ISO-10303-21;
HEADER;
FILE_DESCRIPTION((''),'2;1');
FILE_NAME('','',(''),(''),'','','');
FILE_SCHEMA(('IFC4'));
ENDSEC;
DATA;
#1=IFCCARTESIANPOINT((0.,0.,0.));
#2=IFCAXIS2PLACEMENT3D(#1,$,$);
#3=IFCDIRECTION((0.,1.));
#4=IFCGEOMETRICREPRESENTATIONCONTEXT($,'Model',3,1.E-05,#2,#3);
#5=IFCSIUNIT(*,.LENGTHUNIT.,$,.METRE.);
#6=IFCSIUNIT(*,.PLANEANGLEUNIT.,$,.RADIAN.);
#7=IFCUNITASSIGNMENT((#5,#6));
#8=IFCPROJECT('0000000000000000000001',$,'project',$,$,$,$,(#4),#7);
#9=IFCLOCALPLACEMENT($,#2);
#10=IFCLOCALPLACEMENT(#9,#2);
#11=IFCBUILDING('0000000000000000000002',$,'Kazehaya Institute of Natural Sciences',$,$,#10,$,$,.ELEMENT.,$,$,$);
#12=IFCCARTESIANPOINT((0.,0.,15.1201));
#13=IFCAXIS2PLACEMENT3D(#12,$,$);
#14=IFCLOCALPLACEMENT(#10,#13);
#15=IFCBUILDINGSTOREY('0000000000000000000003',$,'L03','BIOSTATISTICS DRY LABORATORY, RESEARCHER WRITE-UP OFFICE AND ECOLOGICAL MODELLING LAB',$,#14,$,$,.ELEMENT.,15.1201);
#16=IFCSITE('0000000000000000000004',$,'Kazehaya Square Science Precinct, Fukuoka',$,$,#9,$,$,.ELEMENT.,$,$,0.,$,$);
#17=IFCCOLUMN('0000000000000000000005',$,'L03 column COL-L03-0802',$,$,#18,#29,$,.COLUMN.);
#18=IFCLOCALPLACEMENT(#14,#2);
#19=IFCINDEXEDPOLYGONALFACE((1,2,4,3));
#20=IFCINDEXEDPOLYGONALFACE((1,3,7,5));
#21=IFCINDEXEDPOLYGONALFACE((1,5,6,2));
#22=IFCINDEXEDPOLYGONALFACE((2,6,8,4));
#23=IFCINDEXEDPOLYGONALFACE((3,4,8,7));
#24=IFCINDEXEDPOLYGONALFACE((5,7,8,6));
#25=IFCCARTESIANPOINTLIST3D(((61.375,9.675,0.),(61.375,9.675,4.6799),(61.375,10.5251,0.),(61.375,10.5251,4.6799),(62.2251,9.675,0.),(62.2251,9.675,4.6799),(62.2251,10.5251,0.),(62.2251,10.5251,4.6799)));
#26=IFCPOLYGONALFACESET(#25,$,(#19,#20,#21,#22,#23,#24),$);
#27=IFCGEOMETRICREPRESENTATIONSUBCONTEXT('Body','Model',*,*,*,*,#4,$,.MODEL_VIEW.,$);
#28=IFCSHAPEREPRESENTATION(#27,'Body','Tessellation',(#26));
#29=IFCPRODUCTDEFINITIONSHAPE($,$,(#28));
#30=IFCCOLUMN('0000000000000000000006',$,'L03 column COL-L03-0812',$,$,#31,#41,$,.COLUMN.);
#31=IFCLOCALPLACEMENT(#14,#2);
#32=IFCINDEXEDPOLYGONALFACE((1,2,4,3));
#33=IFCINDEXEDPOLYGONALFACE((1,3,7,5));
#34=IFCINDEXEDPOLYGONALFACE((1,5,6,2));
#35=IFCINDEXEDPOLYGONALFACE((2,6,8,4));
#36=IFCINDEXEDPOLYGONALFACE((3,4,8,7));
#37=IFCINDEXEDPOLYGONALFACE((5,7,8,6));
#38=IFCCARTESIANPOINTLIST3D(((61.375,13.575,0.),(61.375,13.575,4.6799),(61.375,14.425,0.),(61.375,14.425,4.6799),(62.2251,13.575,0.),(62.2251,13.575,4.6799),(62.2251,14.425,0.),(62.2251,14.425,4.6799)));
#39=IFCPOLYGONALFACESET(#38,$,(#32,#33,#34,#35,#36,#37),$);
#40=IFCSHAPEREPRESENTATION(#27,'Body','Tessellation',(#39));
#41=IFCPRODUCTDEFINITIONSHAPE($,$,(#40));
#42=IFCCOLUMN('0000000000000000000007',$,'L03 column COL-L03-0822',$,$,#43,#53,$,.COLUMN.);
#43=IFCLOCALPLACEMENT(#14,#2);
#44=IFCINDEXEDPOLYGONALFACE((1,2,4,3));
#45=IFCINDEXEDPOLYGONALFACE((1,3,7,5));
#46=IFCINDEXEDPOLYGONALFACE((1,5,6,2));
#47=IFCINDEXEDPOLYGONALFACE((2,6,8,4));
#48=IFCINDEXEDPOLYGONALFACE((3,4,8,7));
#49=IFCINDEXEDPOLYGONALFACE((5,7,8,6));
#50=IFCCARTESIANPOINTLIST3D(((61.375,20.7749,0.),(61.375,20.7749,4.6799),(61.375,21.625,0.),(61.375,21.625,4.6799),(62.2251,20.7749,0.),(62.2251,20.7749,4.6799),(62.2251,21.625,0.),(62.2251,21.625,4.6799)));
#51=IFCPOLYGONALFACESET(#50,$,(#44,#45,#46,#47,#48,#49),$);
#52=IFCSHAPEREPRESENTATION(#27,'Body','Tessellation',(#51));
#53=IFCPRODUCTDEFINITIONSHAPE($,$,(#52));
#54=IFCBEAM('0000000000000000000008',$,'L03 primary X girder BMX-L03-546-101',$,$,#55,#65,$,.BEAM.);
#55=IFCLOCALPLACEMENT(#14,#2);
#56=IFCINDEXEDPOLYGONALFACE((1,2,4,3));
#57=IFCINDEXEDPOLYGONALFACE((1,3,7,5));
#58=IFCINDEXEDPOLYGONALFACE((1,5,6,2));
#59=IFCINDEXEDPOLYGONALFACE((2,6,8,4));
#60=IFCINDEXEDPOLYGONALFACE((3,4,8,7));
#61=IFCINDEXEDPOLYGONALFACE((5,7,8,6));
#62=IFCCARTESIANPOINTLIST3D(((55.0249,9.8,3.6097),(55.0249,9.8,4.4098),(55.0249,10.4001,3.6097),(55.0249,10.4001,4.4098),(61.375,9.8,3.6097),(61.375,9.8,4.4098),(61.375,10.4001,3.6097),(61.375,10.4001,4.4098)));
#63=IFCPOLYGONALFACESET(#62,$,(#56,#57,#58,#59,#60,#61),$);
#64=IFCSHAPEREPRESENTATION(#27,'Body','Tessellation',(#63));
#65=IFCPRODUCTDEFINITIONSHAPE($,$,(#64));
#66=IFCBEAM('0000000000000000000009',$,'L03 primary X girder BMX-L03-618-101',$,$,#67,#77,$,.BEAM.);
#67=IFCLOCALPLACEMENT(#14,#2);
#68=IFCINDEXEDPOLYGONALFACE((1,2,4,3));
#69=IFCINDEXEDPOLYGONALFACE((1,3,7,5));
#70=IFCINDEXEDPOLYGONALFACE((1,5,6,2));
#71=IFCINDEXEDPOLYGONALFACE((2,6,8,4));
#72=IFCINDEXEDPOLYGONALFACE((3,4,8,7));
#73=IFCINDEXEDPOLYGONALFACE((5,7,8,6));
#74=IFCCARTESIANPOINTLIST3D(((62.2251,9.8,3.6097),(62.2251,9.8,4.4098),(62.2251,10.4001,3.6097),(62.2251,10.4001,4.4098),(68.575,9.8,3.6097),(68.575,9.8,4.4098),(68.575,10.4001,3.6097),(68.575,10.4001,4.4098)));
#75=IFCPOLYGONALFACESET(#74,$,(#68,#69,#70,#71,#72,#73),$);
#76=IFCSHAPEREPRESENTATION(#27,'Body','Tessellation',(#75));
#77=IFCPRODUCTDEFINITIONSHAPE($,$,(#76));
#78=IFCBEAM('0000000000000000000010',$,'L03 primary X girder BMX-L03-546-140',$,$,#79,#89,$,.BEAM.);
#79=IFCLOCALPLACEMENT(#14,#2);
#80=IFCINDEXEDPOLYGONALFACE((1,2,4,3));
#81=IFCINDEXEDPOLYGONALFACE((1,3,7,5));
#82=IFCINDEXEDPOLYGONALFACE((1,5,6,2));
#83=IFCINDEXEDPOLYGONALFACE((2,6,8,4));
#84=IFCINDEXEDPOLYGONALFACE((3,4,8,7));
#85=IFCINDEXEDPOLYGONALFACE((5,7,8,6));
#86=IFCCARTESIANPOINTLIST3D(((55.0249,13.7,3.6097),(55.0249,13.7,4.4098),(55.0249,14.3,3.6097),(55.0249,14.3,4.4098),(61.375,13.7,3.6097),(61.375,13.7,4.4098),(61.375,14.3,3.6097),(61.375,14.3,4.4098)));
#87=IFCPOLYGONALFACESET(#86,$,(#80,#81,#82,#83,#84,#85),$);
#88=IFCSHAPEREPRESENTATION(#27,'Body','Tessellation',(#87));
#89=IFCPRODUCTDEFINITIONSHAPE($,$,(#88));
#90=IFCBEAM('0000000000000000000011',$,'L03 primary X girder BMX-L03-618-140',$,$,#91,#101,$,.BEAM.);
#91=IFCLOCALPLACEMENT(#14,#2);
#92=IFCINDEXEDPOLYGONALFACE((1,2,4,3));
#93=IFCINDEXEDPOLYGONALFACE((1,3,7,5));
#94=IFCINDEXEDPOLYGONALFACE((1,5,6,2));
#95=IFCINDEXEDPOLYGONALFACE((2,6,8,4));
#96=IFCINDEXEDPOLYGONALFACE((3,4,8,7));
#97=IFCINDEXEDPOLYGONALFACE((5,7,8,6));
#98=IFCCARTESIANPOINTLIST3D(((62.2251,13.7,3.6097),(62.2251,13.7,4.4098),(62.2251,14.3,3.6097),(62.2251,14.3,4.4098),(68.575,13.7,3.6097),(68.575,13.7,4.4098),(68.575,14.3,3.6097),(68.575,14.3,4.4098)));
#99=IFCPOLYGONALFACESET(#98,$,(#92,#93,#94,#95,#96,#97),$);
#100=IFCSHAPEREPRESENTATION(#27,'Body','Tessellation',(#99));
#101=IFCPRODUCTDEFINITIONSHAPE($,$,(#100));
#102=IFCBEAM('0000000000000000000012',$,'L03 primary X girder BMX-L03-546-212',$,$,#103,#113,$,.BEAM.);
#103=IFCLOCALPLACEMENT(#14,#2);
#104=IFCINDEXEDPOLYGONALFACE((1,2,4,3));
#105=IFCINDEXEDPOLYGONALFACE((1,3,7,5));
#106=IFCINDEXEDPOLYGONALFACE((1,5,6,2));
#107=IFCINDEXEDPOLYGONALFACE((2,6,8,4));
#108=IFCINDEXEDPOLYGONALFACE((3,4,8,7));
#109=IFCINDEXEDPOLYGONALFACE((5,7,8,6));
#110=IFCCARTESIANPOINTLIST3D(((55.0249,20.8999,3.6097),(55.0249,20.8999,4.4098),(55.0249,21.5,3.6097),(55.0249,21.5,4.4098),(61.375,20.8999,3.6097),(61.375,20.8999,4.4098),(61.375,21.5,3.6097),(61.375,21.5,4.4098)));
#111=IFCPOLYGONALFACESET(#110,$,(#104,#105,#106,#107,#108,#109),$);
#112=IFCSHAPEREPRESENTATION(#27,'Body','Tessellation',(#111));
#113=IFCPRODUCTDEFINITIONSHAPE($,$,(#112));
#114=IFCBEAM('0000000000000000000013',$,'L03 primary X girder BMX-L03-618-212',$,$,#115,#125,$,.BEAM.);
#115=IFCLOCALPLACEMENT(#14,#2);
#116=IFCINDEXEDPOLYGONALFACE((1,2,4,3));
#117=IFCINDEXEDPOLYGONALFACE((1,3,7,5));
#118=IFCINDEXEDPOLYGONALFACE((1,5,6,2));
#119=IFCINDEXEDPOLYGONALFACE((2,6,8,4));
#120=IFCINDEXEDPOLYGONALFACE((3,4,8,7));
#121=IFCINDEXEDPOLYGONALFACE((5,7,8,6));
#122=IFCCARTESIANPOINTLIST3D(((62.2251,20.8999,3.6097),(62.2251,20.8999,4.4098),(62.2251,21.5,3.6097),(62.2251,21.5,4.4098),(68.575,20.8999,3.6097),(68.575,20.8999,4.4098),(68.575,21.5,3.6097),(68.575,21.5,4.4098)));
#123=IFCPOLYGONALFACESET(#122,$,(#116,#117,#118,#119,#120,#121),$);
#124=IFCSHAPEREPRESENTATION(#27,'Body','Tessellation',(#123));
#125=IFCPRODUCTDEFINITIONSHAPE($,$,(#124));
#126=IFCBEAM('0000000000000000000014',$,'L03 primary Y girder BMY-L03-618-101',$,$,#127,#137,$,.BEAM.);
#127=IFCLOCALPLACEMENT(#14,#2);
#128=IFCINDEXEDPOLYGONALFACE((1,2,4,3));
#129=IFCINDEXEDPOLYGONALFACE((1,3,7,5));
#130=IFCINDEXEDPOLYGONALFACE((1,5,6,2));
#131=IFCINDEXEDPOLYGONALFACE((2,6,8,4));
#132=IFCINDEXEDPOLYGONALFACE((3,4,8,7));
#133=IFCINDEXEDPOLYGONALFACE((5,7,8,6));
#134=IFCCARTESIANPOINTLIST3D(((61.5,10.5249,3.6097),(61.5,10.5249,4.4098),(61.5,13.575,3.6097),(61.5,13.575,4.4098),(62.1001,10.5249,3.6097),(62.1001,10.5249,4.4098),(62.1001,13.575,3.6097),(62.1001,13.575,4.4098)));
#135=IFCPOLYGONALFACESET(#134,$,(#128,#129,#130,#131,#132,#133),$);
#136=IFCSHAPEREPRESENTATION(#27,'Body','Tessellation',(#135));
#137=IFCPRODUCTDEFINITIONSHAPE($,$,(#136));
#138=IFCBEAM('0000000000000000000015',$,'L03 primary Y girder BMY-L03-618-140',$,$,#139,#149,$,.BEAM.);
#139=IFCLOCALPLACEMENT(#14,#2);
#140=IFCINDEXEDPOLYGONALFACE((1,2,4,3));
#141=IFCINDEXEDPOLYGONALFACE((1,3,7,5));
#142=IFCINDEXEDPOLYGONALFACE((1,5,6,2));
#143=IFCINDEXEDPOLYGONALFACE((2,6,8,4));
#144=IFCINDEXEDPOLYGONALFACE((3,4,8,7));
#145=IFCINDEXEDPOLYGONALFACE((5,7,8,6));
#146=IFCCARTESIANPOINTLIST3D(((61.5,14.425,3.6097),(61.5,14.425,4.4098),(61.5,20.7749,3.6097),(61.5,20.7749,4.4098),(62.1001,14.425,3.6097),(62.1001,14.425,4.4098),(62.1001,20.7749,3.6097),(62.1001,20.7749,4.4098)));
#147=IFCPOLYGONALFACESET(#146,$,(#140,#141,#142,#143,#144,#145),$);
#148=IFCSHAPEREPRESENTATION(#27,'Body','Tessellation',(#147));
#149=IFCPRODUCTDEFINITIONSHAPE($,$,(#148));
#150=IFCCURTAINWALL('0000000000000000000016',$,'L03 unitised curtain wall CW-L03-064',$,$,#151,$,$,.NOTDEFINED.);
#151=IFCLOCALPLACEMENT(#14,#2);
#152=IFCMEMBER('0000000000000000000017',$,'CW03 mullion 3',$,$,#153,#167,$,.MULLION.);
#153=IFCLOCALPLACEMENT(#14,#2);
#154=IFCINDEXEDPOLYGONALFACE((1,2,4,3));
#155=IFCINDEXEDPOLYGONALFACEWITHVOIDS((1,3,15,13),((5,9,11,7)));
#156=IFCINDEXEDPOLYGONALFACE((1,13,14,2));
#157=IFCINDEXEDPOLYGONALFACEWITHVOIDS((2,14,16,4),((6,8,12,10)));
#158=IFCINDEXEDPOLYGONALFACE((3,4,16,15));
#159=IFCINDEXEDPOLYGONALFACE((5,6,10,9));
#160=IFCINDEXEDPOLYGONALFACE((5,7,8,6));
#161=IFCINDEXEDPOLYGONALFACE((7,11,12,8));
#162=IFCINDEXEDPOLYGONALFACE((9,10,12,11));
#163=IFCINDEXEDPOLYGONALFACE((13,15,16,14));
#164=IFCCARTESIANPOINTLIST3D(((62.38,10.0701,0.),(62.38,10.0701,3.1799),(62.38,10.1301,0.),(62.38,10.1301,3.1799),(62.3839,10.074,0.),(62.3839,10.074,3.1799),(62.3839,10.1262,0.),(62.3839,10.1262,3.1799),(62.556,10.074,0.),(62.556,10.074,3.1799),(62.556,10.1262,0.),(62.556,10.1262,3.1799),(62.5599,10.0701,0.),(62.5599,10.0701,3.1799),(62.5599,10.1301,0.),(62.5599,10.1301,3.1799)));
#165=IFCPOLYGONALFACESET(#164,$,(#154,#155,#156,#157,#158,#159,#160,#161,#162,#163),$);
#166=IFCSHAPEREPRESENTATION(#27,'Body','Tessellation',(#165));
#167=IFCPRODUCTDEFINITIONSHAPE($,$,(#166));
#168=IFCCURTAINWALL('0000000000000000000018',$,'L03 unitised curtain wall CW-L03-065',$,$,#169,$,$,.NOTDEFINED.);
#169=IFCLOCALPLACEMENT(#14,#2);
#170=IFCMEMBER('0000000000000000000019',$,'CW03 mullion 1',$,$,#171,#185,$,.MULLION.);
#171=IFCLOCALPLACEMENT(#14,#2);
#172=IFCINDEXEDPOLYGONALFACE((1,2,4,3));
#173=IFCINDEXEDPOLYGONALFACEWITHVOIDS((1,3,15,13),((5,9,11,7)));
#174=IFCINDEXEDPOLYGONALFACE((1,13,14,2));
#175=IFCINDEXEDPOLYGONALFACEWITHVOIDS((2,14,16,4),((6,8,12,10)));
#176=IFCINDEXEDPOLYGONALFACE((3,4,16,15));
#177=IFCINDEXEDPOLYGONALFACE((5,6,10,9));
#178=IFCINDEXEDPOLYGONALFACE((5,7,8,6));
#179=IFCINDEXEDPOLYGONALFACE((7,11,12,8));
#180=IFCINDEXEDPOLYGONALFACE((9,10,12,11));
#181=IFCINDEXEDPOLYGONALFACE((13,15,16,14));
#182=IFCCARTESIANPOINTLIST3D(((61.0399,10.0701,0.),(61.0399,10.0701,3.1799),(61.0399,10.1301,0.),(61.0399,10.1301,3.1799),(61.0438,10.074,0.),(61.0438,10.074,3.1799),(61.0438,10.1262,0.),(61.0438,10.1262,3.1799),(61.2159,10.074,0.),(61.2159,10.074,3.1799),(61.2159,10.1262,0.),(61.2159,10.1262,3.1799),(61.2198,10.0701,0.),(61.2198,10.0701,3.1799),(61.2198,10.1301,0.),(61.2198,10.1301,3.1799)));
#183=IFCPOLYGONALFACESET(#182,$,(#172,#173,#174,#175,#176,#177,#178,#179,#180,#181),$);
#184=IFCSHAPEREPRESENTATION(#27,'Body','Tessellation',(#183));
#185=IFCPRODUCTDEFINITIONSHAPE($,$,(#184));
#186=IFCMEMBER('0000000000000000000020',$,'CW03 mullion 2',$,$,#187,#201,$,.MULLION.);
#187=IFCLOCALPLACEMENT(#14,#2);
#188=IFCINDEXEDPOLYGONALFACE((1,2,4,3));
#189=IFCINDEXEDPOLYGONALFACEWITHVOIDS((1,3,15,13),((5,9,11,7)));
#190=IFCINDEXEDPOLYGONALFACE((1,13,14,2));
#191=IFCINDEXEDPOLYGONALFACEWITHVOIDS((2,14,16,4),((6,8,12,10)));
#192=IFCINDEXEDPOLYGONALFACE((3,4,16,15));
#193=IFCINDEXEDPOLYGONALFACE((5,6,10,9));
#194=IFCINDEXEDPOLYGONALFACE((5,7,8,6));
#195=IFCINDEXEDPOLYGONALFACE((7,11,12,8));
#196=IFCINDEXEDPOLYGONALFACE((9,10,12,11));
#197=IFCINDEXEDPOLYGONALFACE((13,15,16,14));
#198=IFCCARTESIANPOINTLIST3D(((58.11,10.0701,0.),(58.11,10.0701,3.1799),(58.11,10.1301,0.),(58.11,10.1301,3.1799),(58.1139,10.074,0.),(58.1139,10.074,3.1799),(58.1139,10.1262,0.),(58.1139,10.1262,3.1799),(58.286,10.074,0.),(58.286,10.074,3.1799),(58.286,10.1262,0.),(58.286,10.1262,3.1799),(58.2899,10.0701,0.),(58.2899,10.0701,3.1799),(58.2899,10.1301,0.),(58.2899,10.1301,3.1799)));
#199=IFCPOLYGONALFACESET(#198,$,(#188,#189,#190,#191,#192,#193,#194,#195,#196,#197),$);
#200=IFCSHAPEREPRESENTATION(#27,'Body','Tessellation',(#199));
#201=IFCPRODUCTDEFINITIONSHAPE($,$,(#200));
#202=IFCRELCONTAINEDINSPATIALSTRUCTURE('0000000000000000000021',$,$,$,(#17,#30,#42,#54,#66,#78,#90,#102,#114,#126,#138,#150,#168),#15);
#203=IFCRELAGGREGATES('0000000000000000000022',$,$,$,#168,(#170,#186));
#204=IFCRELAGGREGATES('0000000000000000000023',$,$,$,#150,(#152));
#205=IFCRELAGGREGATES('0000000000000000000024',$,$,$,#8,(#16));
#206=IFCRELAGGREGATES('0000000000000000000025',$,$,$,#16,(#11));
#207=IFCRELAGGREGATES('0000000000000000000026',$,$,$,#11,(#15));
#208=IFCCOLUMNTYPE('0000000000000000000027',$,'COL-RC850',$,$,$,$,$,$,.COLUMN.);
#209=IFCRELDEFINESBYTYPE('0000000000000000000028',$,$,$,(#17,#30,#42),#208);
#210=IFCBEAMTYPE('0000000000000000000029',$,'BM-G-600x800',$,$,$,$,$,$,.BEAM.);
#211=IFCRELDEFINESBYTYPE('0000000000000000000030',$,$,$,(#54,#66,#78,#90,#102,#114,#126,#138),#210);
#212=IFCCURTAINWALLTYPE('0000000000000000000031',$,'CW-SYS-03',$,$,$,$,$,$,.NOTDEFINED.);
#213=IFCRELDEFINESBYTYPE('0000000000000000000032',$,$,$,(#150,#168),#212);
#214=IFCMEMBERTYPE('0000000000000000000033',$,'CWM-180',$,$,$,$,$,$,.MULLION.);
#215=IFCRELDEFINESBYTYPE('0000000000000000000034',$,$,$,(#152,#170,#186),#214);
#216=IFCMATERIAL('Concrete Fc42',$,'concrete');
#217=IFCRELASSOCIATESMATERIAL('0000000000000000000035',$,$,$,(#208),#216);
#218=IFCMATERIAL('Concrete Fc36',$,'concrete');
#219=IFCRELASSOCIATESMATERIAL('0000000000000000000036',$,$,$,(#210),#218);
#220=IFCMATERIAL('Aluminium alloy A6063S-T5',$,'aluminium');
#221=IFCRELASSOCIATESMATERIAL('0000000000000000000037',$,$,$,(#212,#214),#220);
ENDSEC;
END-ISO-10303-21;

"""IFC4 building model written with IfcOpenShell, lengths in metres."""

from ifc_helpers import new_model, si_unit, direction, frame, origin, origin_2d, place, context, subcontext, project, spatial, rectangle, hollow_rectangle, extrude, material, material_profile, profile_set, type_object, element, aggregate, save


model = new_model("IFC4")

# Units and contexts
model_context = context("Model", 3, precision=1e-05, world=origin(), true_north=direction((0.0, 1.0)))
body_context = subcontext(model_context, "Body", "Model", "MODEL_VIEW")
ifc_project = project(units=[si_unit("LENGTHUNIT", "METRE"), si_unit("PLANEANGLEUNIT", "RADIAN")], contexts=[model_context])

# Site, building, storey
site_placement = place(None, origin())
site = spatial("IfcSite", under=ifc_project, at=site_placement, Name="Kazehaya Square Science Precinct, Fukuoka", CompositionType="ELEMENT", RefElevation=0.0)
building_placement = place(site_placement, origin())
building = spatial("IfcBuilding", under=site, at=building_placement, Name="Kazehaya Institute of Natural Sciences", CompositionType="ELEMENT")
storey_placement = place(building_placement, frame((0.0, 0.0, 15.1201)))
storey = spatial("IfcBuildingStorey", under=building, at=storey_placement, Name="L03", Description="BIOSTATISTICS DRY LABORATORY, RESEARCHER WRITE-UP OFFICE AND ECOLOGICAL MODELLING LAB", CompositionType="ELEMENT", Elevation=15.1201)

# Columns
ifc_material_1 = material(Name="Concrete Fc42", Category="concrete")
ifc_material_profile_1 = material_profile(ifc_material_1, rectangle(XDim=0.8501, YDim=0.8501, at=origin_2d()), Name="RC-850x850")
ifc_profile_set_1 = profile_set([ifc_material_profile_1], Name="Concrete Fc42")
column_type = type_object("IfcColumnType", Name="COL-RC850", PredefinedType="COLUMN", material=ifc_profile_set_1)
for number, where, z_axis, x_axis, name in (
    (1, (61.8, 10.1001, 0.0), (0.0, 0.0, 1.0), (1.0, 0.0, 0.0), "L03 column COL-L03-0802"),
    (2, (61.8, 14.0, 0.0), (0.0, 0.0, 1.0), (1.0, 0.0, 0.0), "L03 column COL-L03-0812"),
    (3, (61.8, 21.2, 0.0), (0.0, 0.0, 1.0), (1.0, 0.0, 0.0), "L03 column COL-L03-0822"),
):
    element("IfcColumn", number, at=place(storey_placement, frame(where, z_axis=z_axis, x_axis=x_axis)), inside=storey, type_object=column_type, Name=name, PredefinedType="COLUMN", context=body_context, shape_type="SweptSolid", body=[
        extrude(rectangle(XDim=0.8501, YDim=0.8501, at=origin_2d()), origin(), (0.0, 0.0, 1.0), 4.6799),
    ])

# Beams
ifc_material_2 = material(Name="Concrete Fc36", Category="concrete")
ifc_material_profile_2 = material_profile(ifc_material_2, rectangle(XDim=0.6001, YDim=0.8, at=origin_2d()), Name="RC-600x800")
ifc_profile_set_2 = profile_set([ifc_material_profile_2], Name="Concrete Fc36")
beam_type = type_object("IfcBeamType", Name="BM-G-600x800", PredefinedType="BEAM", material=ifc_profile_set_2)
beam_1_placement = place(storey_placement, frame((55.0249, 10.1001, 4.0098), z_axis=(1.0, 0.0, 0.0), x_axis=(0.0, 1.0, 0.0)))
element("IfcBeam", 4, at=beam_1_placement, inside=storey, type_object=beam_type, Name="L03 primary X girder BMX-L03-546-101", PredefinedType="BEAM", context=body_context, shape_type="SweptSolid", body=[
    extrude(rectangle(XDim=0.6001, YDim=0.8, at=origin_2d()), origin(), (0.0, 0.0, 1.0), 6.3501),
])
beam_2_placement = place(storey_placement, frame((62.2251, 10.1001, 4.0098), z_axis=(1.0, 0.0, 0.0), x_axis=(0.0, 1.0, 0.0)))
element("IfcBeam", 5, at=beam_2_placement, inside=storey, type_object=beam_type, Name="L03 primary X girder BMX-L03-618-101", PredefinedType="BEAM", context=body_context, shape_type="SweptSolid", body=[
    extrude(rectangle(XDim=0.6001, YDim=0.8, at=origin_2d()), origin(), (0.0, 0.0, 1.0), 6.3499),
])
beam_3_placement = place(storey_placement, frame((55.0249, 14.0, 4.0098), z_axis=(1.0, 0.0, 0.0), x_axis=(0.0, 1.0, 0.0)))
element("IfcBeam", 6, at=beam_3_placement, inside=storey, type_object=beam_type, Name="L03 primary X girder BMX-L03-546-140", PredefinedType="BEAM", context=body_context, shape_type="SweptSolid", body=[
    extrude(rectangle(XDim=0.6001, YDim=0.8, at=origin_2d()), origin(), (0.0, 0.0, 1.0), 6.3501),
])
beam_4_placement = place(storey_placement, frame((62.2251, 14.0, 4.0098), z_axis=(1.0, 0.0, 0.0), x_axis=(0.0, 1.0, 0.0)))
element("IfcBeam", 7, at=beam_4_placement, inside=storey, type_object=beam_type, Name="L03 primary X girder BMX-L03-618-140", PredefinedType="BEAM", context=body_context, shape_type="SweptSolid", body=[
    extrude(rectangle(XDim=0.6001, YDim=0.8, at=origin_2d()), origin(), (0.0, 0.0, 1.0), 6.3499),
])
beam_5_placement = place(storey_placement, frame((55.0249, 21.2, 4.0098), z_axis=(1.0, 0.0, 0.0), x_axis=(0.0, 1.0, 0.0)))
element("IfcBeam", 8, at=beam_5_placement, inside=storey, type_object=beam_type, Name="L03 primary X girder BMX-L03-546-212", PredefinedType="BEAM", context=body_context, shape_type="SweptSolid", body=[
    extrude(rectangle(XDim=0.6001, YDim=0.8, at=origin_2d()), origin(), (0.0, 0.0, 1.0), 6.3501),
])
beam_6_placement = place(storey_placement, frame((62.2251, 21.2, 4.0098), z_axis=(1.0, 0.0, 0.0), x_axis=(0.0, 1.0, 0.0)))
element("IfcBeam", 9, at=beam_6_placement, inside=storey, type_object=beam_type, Name="L03 primary X girder BMX-L03-618-212", PredefinedType="BEAM", context=body_context, shape_type="SweptSolid", body=[
    extrude(rectangle(XDim=0.6001, YDim=0.8, at=origin_2d()), origin(), (0.0, 0.0, 1.0), 6.3499),
])
beam_7_placement = place(storey_placement, frame((61.8, 10.5249, 4.0098), z_axis=(0.0, 1.0, 0.0), x_axis=(-1.0, 0.0, 0.0)))
element("IfcBeam", 10, at=beam_7_placement, inside=storey, type_object=beam_type, Name="L03 primary Y girder BMY-L03-618-101", PredefinedType="BEAM", context=body_context, shape_type="SweptSolid", body=[
    extrude(rectangle(XDim=0.6001, YDim=0.8, at=origin_2d()), origin(), (0.0, 0.0, 1.0), 3.05),
])
beam_8_placement = place(storey_placement, frame((61.8, 14.425, 4.0098), z_axis=(0.0, 1.0, 0.0), x_axis=(-1.0, 0.0, 0.0)))
element("IfcBeam", 11, at=beam_8_placement, inside=storey, type_object=beam_type, Name="L03 primary Y girder BMY-L03-618-140", PredefinedType="BEAM", context=body_context, shape_type="SweptSolid", body=[
    extrude(rectangle(XDim=0.6001, YDim=0.8, at=origin_2d()), origin(), (0.0, 0.0, 1.0), 6.3499),
])

# Curtain wall, member
ifc_material_3 = material(Name="Aluminium alloy A6063S-T5", Category="aluminium")
curtain_wall_type = type_object("IfcCurtainWallType", Name="CW-SYS-03", PredefinedType="NOTDEFINED", material=ifc_material_3)
curtain_wall_1_placement = place(storey_placement, origin())
curtain_wall_1 = element("IfcCurtainWall", 12, at=curtain_wall_1_placement, inside=storey, type_object=curtain_wall_type, Name="L03 unitised curtain wall CW-L03-064", PredefinedType="NOTDEFINED")
ifc_material_profile_3 = material_profile(ifc_material_3, hollow_rectangle(XDim=0.0601, YDim=0.1799, WallThickness=0.0039, at=origin_2d()), Name="ALU-60x180x4")
ifc_profile_set_3 = profile_set([ifc_material_profile_3], Name="Aluminium alloy A6063S-T5")
member_type_1 = type_object("IfcMemberType", Name="CWM-180", PredefinedType="MULLION", material=ifc_profile_set_3)
member_1_placement = place(storey_placement, frame((62.47, 10.1001, 0.0), z_axis=(0.0, 0.0, 1.0), x_axis=(0.0, -1.0, 0.0)))
member_1 = element("IfcMember", 13, at=member_1_placement, type_object=member_type_1, Name="CW03 mullion 3", PredefinedType="MULLION", context=body_context, shape_type="SweptSolid", body=[
    extrude(hollow_rectangle(XDim=0.0601, YDim=0.1799, WallThickness=0.0039, at=origin_2d()), origin(), (0.0, 0.0, 1.0), 3.1799),
])

# Curtain wall, members
curtain_wall_2_placement = place(storey_placement, origin())
curtain_wall_2 = element("IfcCurtainWall", 14, at=curtain_wall_2_placement, inside=storey, type_object=curtain_wall_type, Name="L03 unitised curtain wall CW-L03-065", PredefinedType="NOTDEFINED")
member_2_placement = place(storey_placement, frame((61.1299, 10.1001, 0.0), z_axis=(0.0, 0.0, 1.0), x_axis=(0.0, -1.0, 0.0)))
member_2 = element("IfcMember", 15, at=member_2_placement, type_object=member_type_1, Name="CW03 mullion 1", PredefinedType="MULLION", context=body_context, shape_type="SweptSolid", body=[
    extrude(hollow_rectangle(XDim=0.0601, YDim=0.1799, WallThickness=0.0039, at=origin_2d()), origin(), (0.0, 0.0, 1.0), 3.1799),
])
member_3_placement = place(storey_placement, frame((58.2, 10.1001, 0.0), z_axis=(0.0, 0.0, 1.0), x_axis=(0.0, -1.0, 0.0)))
member_3 = element("IfcMember", 16, at=member_3_placement, type_object=member_type_1, Name="CW03 mullion 2", PredefinedType="MULLION", context=body_context, shape_type="SweptSolid", body=[
    extrude(hollow_rectangle(XDim=0.0601, YDim=0.1799, WallThickness=0.0039, at=origin_2d()), origin(), (0.0, 0.0, 1.0), 3.1799),
])
aggregate(curtain_wall_2, [member_2, member_3])

aggregate(curtain_wall_1, [member_1])

save(model, "model.ifc")
